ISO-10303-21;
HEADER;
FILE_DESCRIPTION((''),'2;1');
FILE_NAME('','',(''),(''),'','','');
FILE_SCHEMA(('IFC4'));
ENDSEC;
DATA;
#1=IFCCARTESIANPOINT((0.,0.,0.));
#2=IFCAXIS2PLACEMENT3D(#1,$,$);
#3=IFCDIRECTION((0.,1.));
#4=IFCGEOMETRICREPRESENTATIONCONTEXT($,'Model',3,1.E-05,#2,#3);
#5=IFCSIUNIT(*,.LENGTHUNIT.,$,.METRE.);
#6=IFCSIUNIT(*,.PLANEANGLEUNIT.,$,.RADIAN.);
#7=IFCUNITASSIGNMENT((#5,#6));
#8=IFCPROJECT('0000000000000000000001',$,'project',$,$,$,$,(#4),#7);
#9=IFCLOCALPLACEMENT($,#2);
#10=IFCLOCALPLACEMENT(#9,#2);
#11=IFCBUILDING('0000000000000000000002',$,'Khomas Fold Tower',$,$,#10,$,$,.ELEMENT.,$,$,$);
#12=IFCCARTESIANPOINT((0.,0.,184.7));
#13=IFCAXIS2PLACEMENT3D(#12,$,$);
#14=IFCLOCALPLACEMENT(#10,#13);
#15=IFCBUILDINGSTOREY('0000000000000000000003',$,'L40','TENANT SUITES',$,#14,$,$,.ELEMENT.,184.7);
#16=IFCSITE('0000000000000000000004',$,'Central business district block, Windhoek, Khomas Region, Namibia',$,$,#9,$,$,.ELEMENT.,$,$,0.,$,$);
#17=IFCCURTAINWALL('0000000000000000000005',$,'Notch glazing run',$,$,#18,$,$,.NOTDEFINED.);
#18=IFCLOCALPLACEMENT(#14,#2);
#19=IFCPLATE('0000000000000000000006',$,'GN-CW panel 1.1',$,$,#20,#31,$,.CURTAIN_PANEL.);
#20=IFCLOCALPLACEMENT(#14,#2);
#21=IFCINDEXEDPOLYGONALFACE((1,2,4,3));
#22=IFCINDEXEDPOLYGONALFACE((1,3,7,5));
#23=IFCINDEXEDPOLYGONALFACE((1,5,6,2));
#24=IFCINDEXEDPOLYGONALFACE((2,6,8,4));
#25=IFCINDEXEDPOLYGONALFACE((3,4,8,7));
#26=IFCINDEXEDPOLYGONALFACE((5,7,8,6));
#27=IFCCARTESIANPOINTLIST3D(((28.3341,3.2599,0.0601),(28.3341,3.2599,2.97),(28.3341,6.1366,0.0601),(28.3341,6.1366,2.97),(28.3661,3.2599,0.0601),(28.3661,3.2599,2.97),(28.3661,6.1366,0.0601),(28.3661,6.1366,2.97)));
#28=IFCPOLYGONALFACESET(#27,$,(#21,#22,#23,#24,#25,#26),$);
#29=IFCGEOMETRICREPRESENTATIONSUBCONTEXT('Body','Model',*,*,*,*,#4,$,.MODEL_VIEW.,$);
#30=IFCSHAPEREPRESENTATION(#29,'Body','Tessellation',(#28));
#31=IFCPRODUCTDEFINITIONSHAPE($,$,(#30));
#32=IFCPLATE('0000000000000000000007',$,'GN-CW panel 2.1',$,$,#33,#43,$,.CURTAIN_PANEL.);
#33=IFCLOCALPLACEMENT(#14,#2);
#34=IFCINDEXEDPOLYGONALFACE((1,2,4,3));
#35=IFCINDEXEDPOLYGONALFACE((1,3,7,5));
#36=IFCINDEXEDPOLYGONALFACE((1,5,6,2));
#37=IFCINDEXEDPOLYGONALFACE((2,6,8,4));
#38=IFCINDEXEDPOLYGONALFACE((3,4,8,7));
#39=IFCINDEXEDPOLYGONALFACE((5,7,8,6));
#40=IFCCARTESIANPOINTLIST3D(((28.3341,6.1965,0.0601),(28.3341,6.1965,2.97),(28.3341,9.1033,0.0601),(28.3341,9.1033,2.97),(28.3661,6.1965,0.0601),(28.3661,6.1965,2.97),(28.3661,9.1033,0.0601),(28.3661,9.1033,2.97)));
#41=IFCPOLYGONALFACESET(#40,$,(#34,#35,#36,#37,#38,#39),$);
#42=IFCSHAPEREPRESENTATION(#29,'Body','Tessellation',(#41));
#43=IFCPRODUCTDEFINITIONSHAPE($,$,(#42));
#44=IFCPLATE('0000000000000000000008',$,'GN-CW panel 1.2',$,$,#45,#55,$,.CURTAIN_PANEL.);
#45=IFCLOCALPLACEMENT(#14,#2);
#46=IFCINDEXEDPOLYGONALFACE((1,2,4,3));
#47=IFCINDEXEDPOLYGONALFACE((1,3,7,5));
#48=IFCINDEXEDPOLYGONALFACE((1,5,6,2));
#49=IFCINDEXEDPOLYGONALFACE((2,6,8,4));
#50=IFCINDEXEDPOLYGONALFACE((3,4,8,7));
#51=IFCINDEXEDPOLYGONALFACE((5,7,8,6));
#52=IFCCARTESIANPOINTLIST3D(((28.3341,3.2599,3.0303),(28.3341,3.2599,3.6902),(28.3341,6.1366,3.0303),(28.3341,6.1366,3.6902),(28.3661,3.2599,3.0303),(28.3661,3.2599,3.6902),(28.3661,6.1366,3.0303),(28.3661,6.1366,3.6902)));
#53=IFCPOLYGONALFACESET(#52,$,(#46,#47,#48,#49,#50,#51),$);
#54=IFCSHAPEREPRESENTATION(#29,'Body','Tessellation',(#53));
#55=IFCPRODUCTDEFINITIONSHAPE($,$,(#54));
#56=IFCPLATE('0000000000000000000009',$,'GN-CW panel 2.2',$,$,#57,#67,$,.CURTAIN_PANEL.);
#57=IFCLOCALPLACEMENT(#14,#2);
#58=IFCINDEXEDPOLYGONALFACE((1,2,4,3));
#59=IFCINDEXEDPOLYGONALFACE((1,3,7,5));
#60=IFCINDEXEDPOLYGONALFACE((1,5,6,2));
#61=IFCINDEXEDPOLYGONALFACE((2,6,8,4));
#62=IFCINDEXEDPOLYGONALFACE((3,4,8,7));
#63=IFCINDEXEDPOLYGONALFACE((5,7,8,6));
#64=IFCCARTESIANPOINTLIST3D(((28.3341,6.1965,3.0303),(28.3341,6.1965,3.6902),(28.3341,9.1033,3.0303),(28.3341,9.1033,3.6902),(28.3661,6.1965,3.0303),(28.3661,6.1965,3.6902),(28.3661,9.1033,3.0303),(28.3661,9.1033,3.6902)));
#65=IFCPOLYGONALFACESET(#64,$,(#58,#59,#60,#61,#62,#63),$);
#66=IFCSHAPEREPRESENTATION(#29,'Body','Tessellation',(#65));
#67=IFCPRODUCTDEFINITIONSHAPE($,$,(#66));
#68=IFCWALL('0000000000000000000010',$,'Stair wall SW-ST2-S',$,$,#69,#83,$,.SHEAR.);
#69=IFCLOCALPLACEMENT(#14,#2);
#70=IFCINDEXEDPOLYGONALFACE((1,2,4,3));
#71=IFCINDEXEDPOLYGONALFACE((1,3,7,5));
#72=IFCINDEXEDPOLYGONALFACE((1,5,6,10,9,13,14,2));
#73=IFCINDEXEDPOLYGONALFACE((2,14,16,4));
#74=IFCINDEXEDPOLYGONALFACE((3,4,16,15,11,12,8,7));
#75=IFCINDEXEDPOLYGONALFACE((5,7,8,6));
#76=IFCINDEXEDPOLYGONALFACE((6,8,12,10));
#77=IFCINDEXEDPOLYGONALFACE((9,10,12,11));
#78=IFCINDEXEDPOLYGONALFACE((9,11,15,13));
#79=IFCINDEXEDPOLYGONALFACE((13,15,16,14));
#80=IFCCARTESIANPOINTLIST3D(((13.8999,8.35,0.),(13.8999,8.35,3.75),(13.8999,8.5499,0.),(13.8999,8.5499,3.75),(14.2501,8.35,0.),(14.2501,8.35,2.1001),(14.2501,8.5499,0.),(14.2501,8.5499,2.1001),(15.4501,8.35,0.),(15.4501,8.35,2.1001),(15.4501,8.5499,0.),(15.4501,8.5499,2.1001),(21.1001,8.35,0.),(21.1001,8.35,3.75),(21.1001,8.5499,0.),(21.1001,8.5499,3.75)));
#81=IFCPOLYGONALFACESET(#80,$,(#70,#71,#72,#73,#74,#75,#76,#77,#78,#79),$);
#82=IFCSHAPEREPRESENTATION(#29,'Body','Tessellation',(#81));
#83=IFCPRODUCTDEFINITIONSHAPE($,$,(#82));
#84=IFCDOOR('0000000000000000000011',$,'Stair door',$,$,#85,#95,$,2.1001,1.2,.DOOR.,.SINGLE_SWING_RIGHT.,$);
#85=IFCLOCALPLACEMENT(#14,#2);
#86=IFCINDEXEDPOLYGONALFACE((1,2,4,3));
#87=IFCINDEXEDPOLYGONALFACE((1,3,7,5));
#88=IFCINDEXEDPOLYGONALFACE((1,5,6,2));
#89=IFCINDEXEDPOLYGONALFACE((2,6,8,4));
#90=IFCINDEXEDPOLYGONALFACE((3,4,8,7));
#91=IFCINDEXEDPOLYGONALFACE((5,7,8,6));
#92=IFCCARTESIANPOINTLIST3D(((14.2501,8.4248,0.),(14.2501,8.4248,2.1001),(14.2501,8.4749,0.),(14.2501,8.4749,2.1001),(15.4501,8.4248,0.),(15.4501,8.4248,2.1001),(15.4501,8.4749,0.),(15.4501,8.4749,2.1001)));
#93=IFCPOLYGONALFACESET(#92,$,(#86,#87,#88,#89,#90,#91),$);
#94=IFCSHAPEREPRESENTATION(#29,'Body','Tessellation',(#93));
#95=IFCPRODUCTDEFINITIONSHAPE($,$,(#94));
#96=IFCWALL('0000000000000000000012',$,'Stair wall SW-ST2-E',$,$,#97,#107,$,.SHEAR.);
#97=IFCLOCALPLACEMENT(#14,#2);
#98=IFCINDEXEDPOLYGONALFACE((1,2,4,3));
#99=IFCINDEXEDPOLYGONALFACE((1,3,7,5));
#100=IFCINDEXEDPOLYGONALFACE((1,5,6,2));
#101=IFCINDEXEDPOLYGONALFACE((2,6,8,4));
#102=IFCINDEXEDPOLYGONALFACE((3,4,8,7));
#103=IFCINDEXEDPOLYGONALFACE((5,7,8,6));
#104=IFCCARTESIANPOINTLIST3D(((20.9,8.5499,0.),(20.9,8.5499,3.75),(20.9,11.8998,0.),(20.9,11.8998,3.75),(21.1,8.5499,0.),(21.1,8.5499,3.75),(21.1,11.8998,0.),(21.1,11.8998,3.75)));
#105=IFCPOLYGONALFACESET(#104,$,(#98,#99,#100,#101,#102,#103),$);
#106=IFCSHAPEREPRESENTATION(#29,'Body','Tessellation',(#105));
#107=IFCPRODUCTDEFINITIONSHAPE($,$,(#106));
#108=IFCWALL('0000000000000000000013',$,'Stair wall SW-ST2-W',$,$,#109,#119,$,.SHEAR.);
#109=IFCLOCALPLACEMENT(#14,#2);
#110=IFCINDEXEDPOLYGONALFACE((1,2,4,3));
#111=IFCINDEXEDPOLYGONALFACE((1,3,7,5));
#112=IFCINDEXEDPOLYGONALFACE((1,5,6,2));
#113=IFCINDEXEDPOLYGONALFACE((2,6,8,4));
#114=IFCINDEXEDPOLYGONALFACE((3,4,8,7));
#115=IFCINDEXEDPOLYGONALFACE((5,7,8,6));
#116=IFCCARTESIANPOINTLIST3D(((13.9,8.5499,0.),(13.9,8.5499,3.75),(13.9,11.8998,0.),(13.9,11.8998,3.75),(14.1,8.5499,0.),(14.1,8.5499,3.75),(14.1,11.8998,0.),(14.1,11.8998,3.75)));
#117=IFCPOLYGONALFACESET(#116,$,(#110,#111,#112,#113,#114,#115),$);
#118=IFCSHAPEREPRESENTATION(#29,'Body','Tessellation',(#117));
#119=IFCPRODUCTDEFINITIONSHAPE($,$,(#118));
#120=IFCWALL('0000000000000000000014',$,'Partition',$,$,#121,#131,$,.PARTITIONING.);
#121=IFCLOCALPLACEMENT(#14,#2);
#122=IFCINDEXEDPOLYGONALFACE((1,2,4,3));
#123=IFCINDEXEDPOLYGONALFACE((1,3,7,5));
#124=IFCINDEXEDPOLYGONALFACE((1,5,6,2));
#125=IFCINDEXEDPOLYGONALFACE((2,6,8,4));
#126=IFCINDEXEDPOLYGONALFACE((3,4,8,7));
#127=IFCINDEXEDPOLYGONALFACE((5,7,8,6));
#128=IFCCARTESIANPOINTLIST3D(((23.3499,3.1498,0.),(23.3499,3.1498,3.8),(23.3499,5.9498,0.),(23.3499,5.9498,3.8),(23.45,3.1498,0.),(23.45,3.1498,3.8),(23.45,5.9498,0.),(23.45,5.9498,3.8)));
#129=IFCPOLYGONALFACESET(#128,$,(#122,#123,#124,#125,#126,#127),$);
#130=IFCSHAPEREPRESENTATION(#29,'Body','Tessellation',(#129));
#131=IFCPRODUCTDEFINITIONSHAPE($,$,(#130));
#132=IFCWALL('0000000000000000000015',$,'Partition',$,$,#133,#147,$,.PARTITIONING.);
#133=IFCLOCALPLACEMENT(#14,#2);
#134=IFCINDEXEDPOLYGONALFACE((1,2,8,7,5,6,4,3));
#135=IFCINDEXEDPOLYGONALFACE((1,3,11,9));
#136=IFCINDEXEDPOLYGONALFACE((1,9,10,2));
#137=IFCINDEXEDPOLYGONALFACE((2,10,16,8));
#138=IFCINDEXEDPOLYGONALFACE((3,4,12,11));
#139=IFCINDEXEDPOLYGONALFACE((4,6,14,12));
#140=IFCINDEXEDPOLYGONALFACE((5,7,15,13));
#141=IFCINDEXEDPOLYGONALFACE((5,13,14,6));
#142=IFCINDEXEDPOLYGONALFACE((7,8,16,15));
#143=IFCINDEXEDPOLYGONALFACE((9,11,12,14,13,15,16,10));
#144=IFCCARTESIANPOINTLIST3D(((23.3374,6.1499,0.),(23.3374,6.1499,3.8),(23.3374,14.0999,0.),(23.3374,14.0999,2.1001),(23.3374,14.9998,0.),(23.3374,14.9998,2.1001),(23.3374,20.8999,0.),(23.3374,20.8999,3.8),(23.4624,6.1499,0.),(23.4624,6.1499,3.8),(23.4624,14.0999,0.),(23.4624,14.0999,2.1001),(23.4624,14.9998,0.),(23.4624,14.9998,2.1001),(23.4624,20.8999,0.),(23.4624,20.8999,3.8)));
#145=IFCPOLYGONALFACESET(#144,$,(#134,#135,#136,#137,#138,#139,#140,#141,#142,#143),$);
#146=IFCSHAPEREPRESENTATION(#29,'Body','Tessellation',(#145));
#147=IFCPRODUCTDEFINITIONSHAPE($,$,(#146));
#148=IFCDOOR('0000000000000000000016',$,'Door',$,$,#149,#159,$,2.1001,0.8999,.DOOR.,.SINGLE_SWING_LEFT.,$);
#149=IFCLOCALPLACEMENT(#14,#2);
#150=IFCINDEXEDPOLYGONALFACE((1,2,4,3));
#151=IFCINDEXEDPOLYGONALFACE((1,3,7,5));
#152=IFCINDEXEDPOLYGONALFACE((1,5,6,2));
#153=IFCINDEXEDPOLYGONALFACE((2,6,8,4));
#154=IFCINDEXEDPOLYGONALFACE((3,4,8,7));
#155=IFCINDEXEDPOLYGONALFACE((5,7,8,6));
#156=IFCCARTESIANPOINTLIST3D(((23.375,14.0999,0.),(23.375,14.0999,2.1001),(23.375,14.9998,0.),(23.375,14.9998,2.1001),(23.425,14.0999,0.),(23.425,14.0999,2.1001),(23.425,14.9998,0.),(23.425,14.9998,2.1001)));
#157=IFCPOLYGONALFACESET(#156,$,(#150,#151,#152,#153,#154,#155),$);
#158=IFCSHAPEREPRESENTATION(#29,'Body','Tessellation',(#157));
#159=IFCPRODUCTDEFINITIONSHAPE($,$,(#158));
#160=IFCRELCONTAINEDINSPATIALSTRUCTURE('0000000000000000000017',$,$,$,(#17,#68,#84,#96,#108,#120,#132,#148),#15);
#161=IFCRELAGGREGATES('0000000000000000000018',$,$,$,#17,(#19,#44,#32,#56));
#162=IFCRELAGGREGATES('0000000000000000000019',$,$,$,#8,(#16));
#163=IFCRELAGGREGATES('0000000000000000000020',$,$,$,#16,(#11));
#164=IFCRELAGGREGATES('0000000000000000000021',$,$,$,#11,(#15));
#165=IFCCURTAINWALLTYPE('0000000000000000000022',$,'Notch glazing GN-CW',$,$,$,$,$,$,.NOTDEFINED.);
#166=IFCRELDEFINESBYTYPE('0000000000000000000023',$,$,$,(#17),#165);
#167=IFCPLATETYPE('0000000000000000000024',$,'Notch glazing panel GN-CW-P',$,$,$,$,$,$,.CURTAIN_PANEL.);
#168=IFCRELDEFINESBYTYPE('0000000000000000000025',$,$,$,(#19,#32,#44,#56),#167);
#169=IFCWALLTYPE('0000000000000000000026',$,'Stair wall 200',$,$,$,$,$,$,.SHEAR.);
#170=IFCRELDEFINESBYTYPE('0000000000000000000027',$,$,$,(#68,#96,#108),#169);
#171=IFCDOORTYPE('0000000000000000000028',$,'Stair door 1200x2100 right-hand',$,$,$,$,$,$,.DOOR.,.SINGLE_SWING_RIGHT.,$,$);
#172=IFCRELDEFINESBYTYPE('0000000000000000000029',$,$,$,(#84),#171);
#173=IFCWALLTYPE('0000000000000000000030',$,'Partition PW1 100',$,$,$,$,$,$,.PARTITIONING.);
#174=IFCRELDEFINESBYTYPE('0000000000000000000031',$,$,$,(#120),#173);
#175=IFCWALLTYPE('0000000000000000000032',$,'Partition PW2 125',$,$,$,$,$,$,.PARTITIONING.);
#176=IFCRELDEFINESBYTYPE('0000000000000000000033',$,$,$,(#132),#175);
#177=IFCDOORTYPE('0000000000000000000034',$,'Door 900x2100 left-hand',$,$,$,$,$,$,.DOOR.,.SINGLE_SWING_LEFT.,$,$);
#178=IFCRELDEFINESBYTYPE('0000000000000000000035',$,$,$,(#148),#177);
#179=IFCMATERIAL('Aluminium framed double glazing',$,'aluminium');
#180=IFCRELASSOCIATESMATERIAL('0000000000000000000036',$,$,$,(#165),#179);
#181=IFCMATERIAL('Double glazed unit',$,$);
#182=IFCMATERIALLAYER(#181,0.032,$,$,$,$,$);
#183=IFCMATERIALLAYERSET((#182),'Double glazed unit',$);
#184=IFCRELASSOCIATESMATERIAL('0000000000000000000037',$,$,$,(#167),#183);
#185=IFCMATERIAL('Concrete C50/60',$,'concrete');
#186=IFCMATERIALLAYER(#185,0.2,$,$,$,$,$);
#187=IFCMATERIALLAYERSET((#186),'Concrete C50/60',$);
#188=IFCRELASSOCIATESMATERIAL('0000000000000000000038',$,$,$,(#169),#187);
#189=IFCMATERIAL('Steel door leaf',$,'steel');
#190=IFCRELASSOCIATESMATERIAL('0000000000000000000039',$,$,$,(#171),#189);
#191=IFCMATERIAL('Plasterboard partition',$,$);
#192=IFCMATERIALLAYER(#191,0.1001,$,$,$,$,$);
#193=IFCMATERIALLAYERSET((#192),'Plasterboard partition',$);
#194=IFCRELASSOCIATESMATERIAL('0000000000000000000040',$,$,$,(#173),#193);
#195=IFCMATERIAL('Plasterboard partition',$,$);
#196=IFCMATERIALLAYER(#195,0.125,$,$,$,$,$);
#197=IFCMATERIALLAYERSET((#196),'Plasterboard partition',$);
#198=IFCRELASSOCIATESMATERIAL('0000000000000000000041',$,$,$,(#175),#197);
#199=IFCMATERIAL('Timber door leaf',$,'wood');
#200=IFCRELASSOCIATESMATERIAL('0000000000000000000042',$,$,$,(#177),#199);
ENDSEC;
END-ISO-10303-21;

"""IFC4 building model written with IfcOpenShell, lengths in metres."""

from ifc_helpers import new_model, si_unit, direction, frame, frame_2d, origin, origin_2d, place, context, subcontext, project, spatial, rectangle, extrude, source, transform, mapped, material, layer, layer_set, type_object, element, fill, aggregate, save


model = new_model("IFC4")

# Units and contexts
model_context = context("Model", 3, precision=1e-05, world=origin(), true_north=direction((0.0, 1.0)))
body_context = subcontext(model_context, "Body", "Model", "MODEL_VIEW")
ifc_project = project(units=[si_unit("LENGTHUNIT", "METRE"), si_unit("PLANEANGLEUNIT", "RADIAN")], contexts=[model_context])

# Site, building, storey
site_placement = place(None, origin())
site = spatial("IfcSite", under=ifc_project, at=site_placement, Name="Central business district block, Windhoek, Khomas Region, Namibia", CompositionType="ELEMENT", RefElevation=0.0)
building_placement = place(site_placement, origin())
building = spatial("IfcBuilding", under=site, at=building_placement, Name="Khomas Fold Tower", CompositionType="ELEMENT")
storey_placement = place(building_placement, frame((0.0, 0.0, 184.7)))
storey = spatial("IfcBuildingStorey", under=building, at=storey_placement, Name="L40", Description="TENANT SUITES", CompositionType="ELEMENT", Elevation=184.7)

# Curtain wall
ifc_material_1 = material(Name="Aluminium framed double glazing", Category="aluminium")
curtain_wall_type_1 = type_object("IfcCurtainWallType", Name="Notch glazing GN-CW", PredefinedType="NOTDEFINED", material=ifc_material_1)
curtain_wall_1_placement = place(storey_placement, origin())
curtain_wall_1 = element("IfcCurtainWall", 1, at=curtain_wall_1_placement, inside=storey, type_object=curtain_wall_type_1, Name="Notch glazing run", PredefinedType="NOTDEFINED")

# Plates
ifc_material_2 = material(Name="Double glazed unit")
ifc_layer_1 = layer(ifc_material_2, 0.032)
ifc_layer_set_1 = layer_set([ifc_layer_1], Name="Double glazed unit")
plate_type_1 = type_object("IfcPlateType", Name="Notch glazing panel GN-CW-P", PredefinedType="CURTAIN_PANEL", material=ifc_layer_set_1)
shared_shape_1 = source(origin(), body_context, "Body", "SweptSolid", [
    extrude(rectangle(XDim=2.8767, YDim=0.032, at=origin_2d()), origin(), (0.0, 0.0, 1.0), 2.9099),
])
plate_1_placement = place(storey_placement, frame((28.3501, 4.6982, 0.0601), z_axis=(0.0, 0.0, 1.0), x_axis=(0.0, 1.0, 0.0)))
plate_1 = element("IfcPlate", 2, at=plate_1_placement, type_object=plate_type_1, Name="GN-CW panel 1.1", PredefinedType="CURTAIN_PANEL", context=body_context, shape_type="MappedRepresentation", body=[
    mapped(shared_shape_1, transform((0.0, 0.0, 0.0))),
])
shared_shape_2 = source(origin(), body_context, "Body", "SweptSolid", [
    extrude(rectangle(XDim=2.9067, YDim=0.032, at=origin_2d()), origin(), (0.0, 0.0, 1.0), 2.9099),
])
plate_2_placement = place(storey_placement, frame((28.3501, 7.6499, 0.0601), z_axis=(0.0, 0.0, 1.0), x_axis=(0.0, 1.0, 0.0)))
plate_2 = element("IfcPlate", 3, at=plate_2_placement, type_object=plate_type_1, Name="GN-CW panel 2.1", PredefinedType="CURTAIN_PANEL", context=body_context, shape_type="MappedRepresentation", body=[
    mapped(shared_shape_2, transform((0.0, 0.0, 0.0))),
])
shared_shape_3 = source(origin(), body_context, "Body", "SweptSolid", [
    extrude(rectangle(XDim=2.8767, YDim=0.032, at=origin_2d()), origin(), (0.0, 0.0, 1.0), 0.6599),
])
plate_3_placement = place(storey_placement, frame((28.3501, 4.6982, 3.0303), z_axis=(0.0, 0.0, 1.0), x_axis=(0.0, 1.0, 0.0)))
plate_3 = element("IfcPlate", 4, at=plate_3_placement, type_object=plate_type_1, Name="GN-CW panel 1.2", PredefinedType="CURTAIN_PANEL", context=body_context, shape_type="MappedRepresentation", body=[
    mapped(shared_shape_3, transform((0.0, 0.0, 0.0))),
])
shared_shape_4 = source(origin(), body_context, "Body", "SweptSolid", [
    extrude(rectangle(XDim=2.9067, YDim=0.032, at=origin_2d()), origin(), (0.0, 0.0, 1.0), 0.6599),
])
plate_4_placement = place(storey_placement, frame((28.3501, 7.6499, 3.0303), z_axis=(0.0, 0.0, 1.0), x_axis=(0.0, 1.0, 0.0)))
plate_4 = element("IfcPlate", 5, at=plate_4_placement, type_object=plate_type_1, Name="GN-CW panel 2.2", PredefinedType="CURTAIN_PANEL", context=body_context, shape_type="MappedRepresentation", body=[
    mapped(shared_shape_4, transform((0.0, 0.0, 0.0))),
])
aggregate(curtain_wall_1, [plate_1, plate_3, plate_2, plate_4])

# Wall, opening, door
ifc_material_3 = material(Name="Concrete C50/60", Category="concrete")
ifc_layer_2 = layer(ifc_material_3, 0.2)
ifc_layer_set_2 = layer_set([ifc_layer_2], Name="Concrete C50/60")
wall_type_1 = type_object("IfcWallType", Name="Stair wall 200", PredefinedType="SHEAR", material=ifc_layer_set_2)
shared_shape_5 = source(origin(), body_context, "Body", "SweptSolid", [
    extrude(rectangle(XDim=7.2002, YDim=0.2, at=frame_2d((3.6001, 0.0))), origin(), (0.0, 0.0, 1.0), 3.75),
])
wall_1_placement = place(storey_placement, frame((13.8999, 8.45, 0.0), z_axis=(0.0, 0.0, 1.0), x_axis=(1.0, 0.0, 0.0)))
wall_1 = element("IfcWall", 6, at=wall_1_placement, inside=storey, type_object=wall_type_1, Name="Stair wall SW-ST2-S", PredefinedType="SHEAR", context=body_context, shape_type="MappedRepresentation", body=[
    mapped(shared_shape_5, transform((0.0, 0.0, 0.0))),
])
shared_shape_6 = source(origin(), body_context, "Body", "SweptSolid", [
    extrude(rectangle(XDim=1.2, YDim=2.1001, at=frame_2d((0.6001, 1.05))), frame((0.0, 0.1099, 0.0), z_axis=(0.0, -1.0, 0.0), x_axis=(1.0, 0.0, 0.0)), (0.0, 0.0, 1.0), 0.22),
])
opening_1_placement = place(wall_1_placement, frame((0.3501, 0.0, 0.0)))
opening_1 = element("IfcOpeningElement", 7, at=opening_1_placement, cuts=wall_1, PredefinedType="OPENING", context=body_context, shape_type="MappedRepresentation", body=[
    mapped(shared_shape_6, transform((0.0, 0.0, 0.0))),
])
ifc_material_4 = material(Name="Steel door leaf", Category="steel")
door_type_1 = type_object("IfcDoorType", Name="Stair door 1200x2100 right-hand", OperationType="SINGLE_SWING_RIGHT", PredefinedType="DOOR", material=ifc_material_4)
shared_shape_7 = source(origin(), body_context, "Body", "SweptSolid", [
    extrude(rectangle(XDim=1.2, YDim=2.1001, at=frame_2d((0.6001, 1.05))), frame((0.0, 0.0249, 0.0), z_axis=(0.0, -1.0, 0.0), x_axis=(1.0, 0.0, 0.0)), (0.0, 0.0, 1.0), 0.05),
])
door_1_placement = place(opening_1_placement, origin())
door_1 = element("IfcDoor", 8, at=door_1_placement, inside=storey, type_object=door_type_1, Name="Stair door", OperationType="SINGLE_SWING_RIGHT", OverallHeight=2.1001, OverallWidth=1.2, PredefinedType="DOOR", context=body_context, shape_type="MappedRepresentation", body=[
    mapped(shared_shape_7, transform((0.0, 0.0, 0.0))),
])
fill(opening_1, door_1)

# Walls
shared_shape_8 = source(origin(), body_context, "Body", "SweptSolid", [
    extrude(rectangle(XDim=3.3499, YDim=0.2, at=frame_2d((1.6748, 0.0))), origin(), (0.0, 0.0, 1.0), 3.75),
])
for number, where, z_axis, x_axis, name in (
    (9, (21.0, 8.55, 0.0), (0.0, 0.0, 1.0), (0.0, 1.0, 0.0), "Stair wall SW-ST2-E"),
    (10, (14.0, 8.55, 0.0), (0.0, 0.0, 1.0), (0.0, 1.0, 0.0), "Stair wall SW-ST2-W"),
):
    element("IfcWall", number, at=place(storey_placement, frame(where, z_axis=z_axis, x_axis=x_axis)), inside=storey, type_object=wall_type_1, Name=name, PredefinedType="SHEAR", context=body_context, shape_type="MappedRepresentation", body=[
        mapped(shared_shape_8, transform((0.0, 0.0, 0.0))),
    ])
ifc_material_5 = material(Name="Plasterboard partition")
ifc_layer_3 = layer(ifc_material_5, 0.1001)
ifc_layer_set_3 = layer_set([ifc_layer_3], Name="Plasterboard partition")
wall_type_2 = type_object("IfcWallType", Name="Partition PW1 100", PredefinedType="PARTITIONING", material=ifc_layer_set_3)
shared_shape_9 = source(origin(), body_context, "Body", "SweptSolid", [
    extrude(rectangle(XDim=2.8, YDim=0.1001, at=frame_2d((1.3999, 0.0))), origin(), (0.0, 0.0, 1.0), 3.8),
])
wall_2_placement = place(storey_placement, frame((23.3999, 3.1499, 0.0), z_axis=(0.0, 0.0, 1.0), x_axis=(0.0, 1.0, 0.0)))
element("IfcWall", 11, at=wall_2_placement, inside=storey, type_object=wall_type_2, Name="Partition", PredefinedType="PARTITIONING", context=body_context, shape_type="MappedRepresentation", body=[
    mapped(shared_shape_9, transform((0.0, 0.0, 0.0))),
])

# Wall, opening, door
ifc_material_6 = material(Name="Plasterboard partition")
ifc_layer_4 = layer(ifc_material_6, 0.125)
ifc_layer_set_4 = layer_set([ifc_layer_4], Name="Plasterboard partition")
wall_type_3 = type_object("IfcWallType", Name="Partition PW2 125", PredefinedType="PARTITIONING", material=ifc_layer_set_4)
shared_shape_10 = source(origin(), body_context, "Body", "SweptSolid", [
    extrude(rectangle(XDim=14.75, YDim=0.125, at=frame_2d((7.375, 0.0))), origin(), (0.0, 0.0, 1.0), 3.8),
])
wall_3_placement = place(storey_placement, frame((23.3999, 6.1499, 0.0), z_axis=(0.0, 0.0, 1.0), x_axis=(0.0, 1.0, 0.0)))
wall_3 = element("IfcWall", 12, at=wall_3_placement, inside=storey, type_object=wall_type_3, Name="Partition", PredefinedType="PARTITIONING", context=body_context, shape_type="MappedRepresentation", body=[
    mapped(shared_shape_10, transform((0.0, 0.0, 0.0))),
])
shared_shape_11 = source(origin(), body_context, "Body", "SweptSolid", [
    extrude(rectangle(XDim=0.8999, YDim=2.1001, at=frame_2d((0.45, 1.05))), frame((0.0, 0.0725, 0.0), z_axis=(0.0, -1.0, 0.0), x_axis=(1.0, 0.0, 0.0)), (0.0, 0.0, 1.0), 0.145),
])
opening_2_placement = place(wall_3_placement, frame((7.95, 0.0, 0.0)))
opening_2 = element("IfcOpeningElement", 13, at=opening_2_placement, cuts=wall_3, PredefinedType="OPENING", context=body_context, shape_type="MappedRepresentation", body=[
    mapped(shared_shape_11, transform((0.0, 0.0, 0.0))),
])
ifc_material_7 = material(Name="Timber door leaf", Category="wood")
door_type_2 = type_object("IfcDoorType", Name="Door 900x2100 left-hand", OperationType="SINGLE_SWING_LEFT", PredefinedType="DOOR", material=ifc_material_7)
shared_shape_12 = source(origin(), body_context, "Body", "SweptSolid", [
    extrude(rectangle(XDim=0.8999, YDim=2.1001, at=frame_2d((0.45, 1.05))), frame((0.0, 0.0249, 0.0), z_axis=(0.0, -1.0, 0.0), x_axis=(1.0, 0.0, 0.0)), (0.0, 0.0, 1.0), 0.05),
])
door_2_placement = place(opening_2_placement, origin())
door_2 = element("IfcDoor", 14, at=door_2_placement, inside=storey, type_object=door_type_2, Name="Door", OperationType="SINGLE_SWING_LEFT", OverallHeight=2.1001, OverallWidth=0.8999, PredefinedType="DOOR", context=body_context, shape_type="MappedRepresentation", body=[
    mapped(shared_shape_12, transform((0.0, 0.0, 0.0))),
])
fill(opening_2, door_2)

save(model, "model.ifc")
